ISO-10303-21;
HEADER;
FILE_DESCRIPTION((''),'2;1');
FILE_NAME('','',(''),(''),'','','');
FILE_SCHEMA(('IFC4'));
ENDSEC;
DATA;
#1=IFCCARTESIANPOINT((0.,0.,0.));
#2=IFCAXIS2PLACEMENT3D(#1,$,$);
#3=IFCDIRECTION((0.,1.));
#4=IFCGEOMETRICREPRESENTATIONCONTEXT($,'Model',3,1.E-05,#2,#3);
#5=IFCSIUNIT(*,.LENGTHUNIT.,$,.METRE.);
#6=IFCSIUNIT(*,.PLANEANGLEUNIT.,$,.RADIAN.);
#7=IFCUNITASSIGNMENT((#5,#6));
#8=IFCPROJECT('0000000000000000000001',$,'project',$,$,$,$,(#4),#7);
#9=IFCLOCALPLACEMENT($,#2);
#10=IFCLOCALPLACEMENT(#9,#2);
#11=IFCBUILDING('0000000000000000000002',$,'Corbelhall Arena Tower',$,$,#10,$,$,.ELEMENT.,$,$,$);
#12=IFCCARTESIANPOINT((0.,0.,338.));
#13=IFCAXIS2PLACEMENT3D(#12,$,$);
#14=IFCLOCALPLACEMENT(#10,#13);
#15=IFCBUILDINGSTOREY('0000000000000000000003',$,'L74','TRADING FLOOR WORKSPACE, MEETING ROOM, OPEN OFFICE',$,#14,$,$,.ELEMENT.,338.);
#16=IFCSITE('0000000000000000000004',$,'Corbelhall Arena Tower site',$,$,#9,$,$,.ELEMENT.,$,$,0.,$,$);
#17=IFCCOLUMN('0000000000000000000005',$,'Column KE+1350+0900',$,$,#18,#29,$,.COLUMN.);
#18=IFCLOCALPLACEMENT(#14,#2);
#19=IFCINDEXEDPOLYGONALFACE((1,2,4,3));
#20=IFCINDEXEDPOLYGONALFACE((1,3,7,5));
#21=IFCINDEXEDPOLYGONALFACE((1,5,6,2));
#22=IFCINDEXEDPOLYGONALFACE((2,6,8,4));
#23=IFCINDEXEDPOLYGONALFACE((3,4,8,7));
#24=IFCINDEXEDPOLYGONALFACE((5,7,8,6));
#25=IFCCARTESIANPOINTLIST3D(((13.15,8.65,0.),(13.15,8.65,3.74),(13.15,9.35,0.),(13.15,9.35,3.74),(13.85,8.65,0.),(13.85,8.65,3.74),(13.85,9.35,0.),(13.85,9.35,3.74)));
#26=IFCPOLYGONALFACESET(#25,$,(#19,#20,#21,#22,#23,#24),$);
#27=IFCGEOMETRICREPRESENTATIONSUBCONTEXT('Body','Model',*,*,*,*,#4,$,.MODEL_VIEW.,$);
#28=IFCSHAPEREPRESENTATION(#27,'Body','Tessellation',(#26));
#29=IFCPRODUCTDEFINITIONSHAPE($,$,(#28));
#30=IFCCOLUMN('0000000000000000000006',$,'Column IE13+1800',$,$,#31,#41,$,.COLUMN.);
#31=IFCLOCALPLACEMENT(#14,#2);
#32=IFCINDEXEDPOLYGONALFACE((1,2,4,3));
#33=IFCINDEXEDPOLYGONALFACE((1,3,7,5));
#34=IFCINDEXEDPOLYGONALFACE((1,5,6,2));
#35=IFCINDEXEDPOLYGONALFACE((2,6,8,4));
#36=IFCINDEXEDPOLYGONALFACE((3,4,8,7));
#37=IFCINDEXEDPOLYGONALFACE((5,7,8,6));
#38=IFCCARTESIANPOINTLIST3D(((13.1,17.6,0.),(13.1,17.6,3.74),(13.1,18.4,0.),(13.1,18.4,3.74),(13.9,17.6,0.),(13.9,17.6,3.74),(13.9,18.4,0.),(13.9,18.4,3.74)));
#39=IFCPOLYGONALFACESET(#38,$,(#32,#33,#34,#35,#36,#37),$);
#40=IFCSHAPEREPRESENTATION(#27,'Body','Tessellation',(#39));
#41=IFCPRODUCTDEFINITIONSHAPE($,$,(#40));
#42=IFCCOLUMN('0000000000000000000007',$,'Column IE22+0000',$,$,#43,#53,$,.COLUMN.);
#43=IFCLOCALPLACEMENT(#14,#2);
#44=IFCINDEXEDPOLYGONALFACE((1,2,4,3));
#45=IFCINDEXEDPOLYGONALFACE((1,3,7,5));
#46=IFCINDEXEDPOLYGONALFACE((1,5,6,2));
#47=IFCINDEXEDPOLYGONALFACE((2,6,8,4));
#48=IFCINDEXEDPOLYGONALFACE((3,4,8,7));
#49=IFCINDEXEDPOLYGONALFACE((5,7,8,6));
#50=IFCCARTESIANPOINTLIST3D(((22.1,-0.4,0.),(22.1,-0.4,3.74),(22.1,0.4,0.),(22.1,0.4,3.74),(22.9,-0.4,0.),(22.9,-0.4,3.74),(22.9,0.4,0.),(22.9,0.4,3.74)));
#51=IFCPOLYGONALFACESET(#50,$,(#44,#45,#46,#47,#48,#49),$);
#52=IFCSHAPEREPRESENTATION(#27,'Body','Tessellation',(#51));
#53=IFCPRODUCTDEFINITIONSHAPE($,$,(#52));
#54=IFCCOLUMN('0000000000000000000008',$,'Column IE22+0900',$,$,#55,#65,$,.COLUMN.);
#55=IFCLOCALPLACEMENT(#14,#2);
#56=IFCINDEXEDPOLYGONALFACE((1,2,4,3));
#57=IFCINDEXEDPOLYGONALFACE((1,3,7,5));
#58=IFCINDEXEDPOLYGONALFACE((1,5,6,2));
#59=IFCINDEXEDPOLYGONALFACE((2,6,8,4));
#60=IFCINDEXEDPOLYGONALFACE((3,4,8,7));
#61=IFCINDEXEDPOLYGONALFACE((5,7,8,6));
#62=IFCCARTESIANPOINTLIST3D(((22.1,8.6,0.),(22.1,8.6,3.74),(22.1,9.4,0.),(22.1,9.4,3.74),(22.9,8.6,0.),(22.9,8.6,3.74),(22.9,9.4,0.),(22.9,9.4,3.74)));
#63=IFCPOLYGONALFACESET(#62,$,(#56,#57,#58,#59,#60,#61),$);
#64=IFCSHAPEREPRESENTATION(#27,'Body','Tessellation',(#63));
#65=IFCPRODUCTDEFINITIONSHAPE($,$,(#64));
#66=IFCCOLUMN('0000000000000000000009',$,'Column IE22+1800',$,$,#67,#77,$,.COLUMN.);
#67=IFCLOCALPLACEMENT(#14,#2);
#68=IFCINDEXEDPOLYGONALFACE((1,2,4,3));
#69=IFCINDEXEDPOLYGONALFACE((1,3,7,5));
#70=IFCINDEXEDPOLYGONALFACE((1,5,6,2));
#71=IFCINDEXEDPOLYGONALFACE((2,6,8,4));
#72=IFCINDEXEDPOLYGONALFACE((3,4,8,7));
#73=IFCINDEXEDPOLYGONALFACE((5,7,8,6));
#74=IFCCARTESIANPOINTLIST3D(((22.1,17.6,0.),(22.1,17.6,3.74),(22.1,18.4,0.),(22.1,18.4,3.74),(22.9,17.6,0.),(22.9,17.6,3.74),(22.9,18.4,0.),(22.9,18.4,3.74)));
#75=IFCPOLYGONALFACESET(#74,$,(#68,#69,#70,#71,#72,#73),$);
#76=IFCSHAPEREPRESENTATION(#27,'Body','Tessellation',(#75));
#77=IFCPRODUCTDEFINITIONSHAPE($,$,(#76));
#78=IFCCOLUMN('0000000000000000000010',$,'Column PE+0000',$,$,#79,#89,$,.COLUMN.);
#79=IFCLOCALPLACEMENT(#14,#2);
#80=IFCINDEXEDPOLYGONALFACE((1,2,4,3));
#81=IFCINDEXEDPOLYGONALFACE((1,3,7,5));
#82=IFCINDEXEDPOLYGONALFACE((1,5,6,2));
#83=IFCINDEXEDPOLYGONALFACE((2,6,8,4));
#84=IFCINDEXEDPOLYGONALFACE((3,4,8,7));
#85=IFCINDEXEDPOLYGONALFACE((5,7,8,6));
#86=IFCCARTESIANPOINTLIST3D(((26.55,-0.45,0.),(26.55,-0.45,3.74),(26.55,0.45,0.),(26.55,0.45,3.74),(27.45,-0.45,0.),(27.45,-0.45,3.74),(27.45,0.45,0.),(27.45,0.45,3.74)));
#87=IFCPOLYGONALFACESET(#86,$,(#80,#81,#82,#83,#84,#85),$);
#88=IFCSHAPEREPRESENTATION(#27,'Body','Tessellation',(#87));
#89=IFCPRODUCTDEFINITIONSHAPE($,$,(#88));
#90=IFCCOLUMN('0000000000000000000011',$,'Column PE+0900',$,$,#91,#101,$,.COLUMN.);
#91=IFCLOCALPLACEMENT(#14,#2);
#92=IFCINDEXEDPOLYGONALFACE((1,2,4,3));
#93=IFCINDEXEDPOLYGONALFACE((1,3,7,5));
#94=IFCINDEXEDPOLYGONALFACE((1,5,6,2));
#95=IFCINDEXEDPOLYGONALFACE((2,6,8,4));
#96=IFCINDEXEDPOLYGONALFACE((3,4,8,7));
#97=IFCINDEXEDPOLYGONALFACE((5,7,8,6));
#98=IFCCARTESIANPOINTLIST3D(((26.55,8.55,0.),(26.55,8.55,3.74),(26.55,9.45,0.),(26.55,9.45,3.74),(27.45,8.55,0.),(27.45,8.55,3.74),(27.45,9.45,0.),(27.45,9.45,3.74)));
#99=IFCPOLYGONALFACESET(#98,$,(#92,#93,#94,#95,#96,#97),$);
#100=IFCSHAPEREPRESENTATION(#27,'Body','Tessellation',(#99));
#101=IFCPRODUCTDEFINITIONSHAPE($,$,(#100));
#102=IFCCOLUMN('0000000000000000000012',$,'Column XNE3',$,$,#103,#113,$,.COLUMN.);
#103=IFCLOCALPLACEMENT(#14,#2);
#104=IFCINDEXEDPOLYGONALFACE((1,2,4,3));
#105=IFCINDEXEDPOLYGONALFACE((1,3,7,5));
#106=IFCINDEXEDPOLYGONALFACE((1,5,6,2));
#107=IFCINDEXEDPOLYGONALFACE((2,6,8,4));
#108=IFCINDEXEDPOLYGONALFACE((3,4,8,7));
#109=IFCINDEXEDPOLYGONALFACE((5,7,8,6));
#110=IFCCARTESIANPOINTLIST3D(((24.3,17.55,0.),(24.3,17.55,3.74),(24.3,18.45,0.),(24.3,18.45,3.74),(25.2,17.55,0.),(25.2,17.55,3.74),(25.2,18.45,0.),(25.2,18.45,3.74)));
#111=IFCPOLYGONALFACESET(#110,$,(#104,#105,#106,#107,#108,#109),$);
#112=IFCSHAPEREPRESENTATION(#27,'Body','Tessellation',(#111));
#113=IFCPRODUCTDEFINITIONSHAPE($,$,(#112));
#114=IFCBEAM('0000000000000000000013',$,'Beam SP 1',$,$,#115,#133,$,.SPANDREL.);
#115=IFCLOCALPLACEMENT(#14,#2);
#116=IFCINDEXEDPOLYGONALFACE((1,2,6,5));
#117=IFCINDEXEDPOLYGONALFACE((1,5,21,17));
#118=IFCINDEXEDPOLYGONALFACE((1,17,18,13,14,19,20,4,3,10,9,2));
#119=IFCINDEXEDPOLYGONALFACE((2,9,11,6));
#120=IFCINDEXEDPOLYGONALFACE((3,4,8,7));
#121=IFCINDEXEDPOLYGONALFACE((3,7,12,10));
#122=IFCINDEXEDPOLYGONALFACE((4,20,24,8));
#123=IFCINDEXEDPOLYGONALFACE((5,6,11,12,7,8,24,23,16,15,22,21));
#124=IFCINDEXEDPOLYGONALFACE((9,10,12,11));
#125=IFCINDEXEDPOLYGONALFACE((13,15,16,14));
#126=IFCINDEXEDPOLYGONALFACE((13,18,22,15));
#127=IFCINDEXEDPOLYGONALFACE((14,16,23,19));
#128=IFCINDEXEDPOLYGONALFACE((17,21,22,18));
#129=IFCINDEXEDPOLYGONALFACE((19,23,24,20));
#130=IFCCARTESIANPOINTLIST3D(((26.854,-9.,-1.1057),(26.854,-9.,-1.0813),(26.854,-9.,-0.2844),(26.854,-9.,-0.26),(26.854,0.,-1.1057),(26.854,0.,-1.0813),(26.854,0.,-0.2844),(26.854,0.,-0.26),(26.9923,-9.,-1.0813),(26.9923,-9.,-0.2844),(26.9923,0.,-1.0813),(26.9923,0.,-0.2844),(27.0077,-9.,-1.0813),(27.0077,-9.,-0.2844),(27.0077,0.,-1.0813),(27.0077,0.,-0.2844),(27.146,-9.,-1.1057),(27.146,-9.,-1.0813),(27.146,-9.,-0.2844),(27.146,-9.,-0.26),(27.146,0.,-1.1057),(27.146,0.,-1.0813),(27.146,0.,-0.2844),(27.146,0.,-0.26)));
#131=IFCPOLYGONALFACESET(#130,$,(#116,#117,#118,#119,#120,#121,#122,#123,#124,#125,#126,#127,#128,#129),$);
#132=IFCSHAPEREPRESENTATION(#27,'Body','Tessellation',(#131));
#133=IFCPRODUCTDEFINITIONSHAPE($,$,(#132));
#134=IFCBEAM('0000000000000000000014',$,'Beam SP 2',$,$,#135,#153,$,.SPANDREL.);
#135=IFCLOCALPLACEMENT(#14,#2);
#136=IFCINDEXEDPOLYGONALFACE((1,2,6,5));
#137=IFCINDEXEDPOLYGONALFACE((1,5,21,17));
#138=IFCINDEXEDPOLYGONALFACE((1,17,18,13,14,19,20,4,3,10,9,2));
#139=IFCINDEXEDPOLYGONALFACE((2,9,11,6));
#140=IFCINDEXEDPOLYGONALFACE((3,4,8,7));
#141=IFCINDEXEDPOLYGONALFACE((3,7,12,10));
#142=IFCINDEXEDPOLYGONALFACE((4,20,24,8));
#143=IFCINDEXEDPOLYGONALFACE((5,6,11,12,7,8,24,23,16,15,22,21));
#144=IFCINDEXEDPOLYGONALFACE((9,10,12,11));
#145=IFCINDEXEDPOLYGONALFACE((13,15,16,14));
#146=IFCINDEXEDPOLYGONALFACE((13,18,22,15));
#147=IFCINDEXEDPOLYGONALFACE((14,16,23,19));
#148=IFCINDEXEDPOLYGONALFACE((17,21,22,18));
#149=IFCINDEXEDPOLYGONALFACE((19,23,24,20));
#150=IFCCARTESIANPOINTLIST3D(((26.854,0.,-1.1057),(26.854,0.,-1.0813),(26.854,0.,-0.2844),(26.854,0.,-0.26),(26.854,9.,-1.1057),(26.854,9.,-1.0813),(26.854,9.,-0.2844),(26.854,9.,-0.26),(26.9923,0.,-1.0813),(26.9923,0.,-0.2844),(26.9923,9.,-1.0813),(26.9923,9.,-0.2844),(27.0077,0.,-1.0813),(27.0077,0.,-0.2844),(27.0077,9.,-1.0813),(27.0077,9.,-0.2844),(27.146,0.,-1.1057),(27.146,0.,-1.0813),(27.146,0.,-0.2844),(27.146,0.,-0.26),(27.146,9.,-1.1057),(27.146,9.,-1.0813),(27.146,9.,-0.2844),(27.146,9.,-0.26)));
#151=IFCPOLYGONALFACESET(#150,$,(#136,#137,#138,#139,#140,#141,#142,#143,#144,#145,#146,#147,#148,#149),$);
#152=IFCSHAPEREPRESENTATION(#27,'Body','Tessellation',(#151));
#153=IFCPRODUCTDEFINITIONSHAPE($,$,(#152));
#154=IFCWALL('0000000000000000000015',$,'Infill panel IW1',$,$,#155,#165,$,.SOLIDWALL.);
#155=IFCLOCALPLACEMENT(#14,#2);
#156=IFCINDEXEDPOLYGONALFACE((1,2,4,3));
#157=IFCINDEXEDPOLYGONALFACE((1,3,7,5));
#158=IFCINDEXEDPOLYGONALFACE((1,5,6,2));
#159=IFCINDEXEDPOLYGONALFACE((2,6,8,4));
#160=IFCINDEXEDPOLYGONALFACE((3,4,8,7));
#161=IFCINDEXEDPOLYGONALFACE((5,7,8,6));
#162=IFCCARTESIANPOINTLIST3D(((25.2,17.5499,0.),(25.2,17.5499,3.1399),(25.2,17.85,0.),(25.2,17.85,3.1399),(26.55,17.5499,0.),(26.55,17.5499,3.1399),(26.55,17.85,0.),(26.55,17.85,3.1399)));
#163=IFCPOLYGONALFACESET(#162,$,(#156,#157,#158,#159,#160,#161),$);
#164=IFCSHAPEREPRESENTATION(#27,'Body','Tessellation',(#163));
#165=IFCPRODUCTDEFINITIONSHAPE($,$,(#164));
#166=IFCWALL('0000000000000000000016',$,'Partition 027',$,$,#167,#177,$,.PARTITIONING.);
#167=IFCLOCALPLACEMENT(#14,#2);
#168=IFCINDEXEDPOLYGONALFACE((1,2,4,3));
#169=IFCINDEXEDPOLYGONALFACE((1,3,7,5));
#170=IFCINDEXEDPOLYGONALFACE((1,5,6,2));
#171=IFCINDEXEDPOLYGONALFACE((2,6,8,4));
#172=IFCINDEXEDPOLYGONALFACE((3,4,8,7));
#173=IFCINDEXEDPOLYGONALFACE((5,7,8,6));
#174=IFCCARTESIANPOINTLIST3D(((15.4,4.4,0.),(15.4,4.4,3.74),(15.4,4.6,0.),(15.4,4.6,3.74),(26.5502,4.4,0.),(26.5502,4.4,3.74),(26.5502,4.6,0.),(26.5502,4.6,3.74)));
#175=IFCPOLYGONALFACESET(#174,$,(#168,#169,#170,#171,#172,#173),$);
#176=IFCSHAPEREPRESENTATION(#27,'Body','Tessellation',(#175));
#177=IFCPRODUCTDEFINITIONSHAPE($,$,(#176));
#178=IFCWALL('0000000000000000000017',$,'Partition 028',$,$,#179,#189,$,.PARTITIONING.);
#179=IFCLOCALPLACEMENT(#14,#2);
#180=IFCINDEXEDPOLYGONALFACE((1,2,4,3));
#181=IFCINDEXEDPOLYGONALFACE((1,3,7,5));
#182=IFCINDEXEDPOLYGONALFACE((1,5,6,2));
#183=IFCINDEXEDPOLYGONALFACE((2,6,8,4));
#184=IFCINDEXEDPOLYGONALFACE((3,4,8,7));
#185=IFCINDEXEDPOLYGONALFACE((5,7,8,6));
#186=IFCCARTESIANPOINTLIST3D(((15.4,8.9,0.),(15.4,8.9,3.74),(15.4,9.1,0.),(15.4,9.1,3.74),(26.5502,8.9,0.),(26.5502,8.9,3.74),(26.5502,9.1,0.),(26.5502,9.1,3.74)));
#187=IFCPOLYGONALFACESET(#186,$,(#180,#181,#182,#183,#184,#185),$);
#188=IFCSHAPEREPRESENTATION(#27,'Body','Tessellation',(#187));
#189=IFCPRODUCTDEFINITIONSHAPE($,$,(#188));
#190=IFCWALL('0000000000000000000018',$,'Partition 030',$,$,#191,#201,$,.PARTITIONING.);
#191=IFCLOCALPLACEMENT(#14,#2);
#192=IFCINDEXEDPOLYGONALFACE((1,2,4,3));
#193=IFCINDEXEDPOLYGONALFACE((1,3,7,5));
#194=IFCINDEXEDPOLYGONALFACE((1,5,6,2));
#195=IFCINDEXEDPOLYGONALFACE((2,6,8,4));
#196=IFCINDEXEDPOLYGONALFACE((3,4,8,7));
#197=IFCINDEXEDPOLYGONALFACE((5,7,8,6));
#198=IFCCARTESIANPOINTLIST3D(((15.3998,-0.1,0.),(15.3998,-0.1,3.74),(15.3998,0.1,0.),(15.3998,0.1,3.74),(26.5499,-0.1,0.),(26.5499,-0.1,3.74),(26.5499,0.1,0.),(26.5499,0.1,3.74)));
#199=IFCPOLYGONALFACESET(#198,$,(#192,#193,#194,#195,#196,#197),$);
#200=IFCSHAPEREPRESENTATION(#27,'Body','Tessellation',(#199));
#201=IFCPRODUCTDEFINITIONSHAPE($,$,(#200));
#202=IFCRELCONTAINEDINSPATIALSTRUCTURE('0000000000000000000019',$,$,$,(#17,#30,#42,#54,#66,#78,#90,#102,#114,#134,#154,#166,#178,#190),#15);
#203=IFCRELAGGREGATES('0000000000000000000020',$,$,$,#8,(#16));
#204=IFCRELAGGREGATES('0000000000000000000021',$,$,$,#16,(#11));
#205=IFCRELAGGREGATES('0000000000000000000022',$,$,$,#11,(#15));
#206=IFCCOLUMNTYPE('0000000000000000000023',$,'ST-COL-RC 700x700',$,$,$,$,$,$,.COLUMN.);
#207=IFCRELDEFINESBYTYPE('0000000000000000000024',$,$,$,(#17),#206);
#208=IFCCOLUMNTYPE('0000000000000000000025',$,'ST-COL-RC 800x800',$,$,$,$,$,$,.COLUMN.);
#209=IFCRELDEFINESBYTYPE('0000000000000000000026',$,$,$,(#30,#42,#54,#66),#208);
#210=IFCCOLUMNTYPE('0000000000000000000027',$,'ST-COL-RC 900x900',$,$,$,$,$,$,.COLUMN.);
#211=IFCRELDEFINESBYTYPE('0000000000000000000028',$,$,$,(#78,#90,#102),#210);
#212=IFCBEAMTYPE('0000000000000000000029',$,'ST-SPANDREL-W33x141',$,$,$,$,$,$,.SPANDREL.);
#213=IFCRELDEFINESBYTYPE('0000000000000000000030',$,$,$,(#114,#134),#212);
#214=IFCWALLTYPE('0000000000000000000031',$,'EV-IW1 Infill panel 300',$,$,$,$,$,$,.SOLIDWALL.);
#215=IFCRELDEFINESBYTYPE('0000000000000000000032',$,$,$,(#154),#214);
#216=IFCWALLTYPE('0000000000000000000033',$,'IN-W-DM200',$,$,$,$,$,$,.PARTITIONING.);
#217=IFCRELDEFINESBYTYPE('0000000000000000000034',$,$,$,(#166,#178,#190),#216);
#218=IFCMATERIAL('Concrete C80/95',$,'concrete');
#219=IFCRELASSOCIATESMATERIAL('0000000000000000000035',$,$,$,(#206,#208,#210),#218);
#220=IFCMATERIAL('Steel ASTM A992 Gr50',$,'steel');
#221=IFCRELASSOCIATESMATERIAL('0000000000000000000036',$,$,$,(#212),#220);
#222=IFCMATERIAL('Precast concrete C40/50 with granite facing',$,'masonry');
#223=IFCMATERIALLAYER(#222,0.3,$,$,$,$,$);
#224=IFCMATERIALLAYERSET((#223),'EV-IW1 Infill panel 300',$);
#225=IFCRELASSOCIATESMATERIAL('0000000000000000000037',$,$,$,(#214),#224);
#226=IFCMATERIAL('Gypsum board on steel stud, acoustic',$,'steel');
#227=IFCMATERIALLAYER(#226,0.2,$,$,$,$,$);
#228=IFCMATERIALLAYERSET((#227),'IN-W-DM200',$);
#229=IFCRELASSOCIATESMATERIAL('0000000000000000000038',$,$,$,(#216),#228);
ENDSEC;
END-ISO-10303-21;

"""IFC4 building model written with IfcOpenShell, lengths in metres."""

from ifc_helpers import new_model, si_unit, direction, frame, frame_2d, origin, origin_2d, place, context, subcontext, project, spatial, rectangle, i_section, extrude, material, layer, layer_set, material_profile, profile_set, type_object, element, save


model = new_model("IFC4")

# Units and contexts
model_context = context("Model", 3, precision=1e-05, world=origin(), true_north=direction((0.0, 1.0)))
body_context = subcontext(model_context, "Body", "Model", "MODEL_VIEW")
ifc_project = project(units=[si_unit("LENGTHUNIT", "METRE"), si_unit("PLANEANGLEUNIT", "RADIAN")], contexts=[model_context])

# Site, building, storey
site_placement = place(None, origin())
site = spatial("IfcSite", under=ifc_project, at=site_placement, Name="Corbelhall Arena Tower site", CompositionType="ELEMENT", RefElevation=0.0)
building_placement = place(site_placement, origin())
building = spatial("IfcBuilding", under=site, at=building_placement, Name="Corbelhall Arena Tower", CompositionType="ELEMENT")
storey_placement = place(building_placement, frame((0.0, 0.0, 338.0)))
storey = spatial("IfcBuildingStorey", under=building, at=storey_placement, Name="L74", Description="TRADING FLOOR WORKSPACE, MEETING ROOM, OPEN OFFICE", CompositionType="ELEMENT", Elevation=338.0)

# Columns
ifc_material_1 = material(Name="Concrete C80/95", Category="concrete")
ifc_material_profile_1 = material_profile(ifc_material_1, rectangle(XDim=0.7, YDim=0.7, at=origin_2d()))
ifc_profile_set_1 = profile_set([ifc_material_profile_1], Name="Concrete C80/95")
column_type_1 = type_object("IfcColumnType", Name="ST-COL-RC 700x700", PredefinedType="COLUMN", material=ifc_profile_set_1)
column_placement = place(storey_placement, frame((13.5, 9.0, 0.0), z_axis=(0.0, 0.0, 1.0), x_axis=(1.0, 0.0, 0.0)))
element("IfcColumn", 1, at=column_placement, inside=storey, type_object=column_type_1, Name="Column KE+1350+0900", PredefinedType="COLUMN", context=body_context, shape_type="SweptSolid", body=[
    extrude(rectangle(XDim=0.7, YDim=0.7, at=origin_2d()), origin(), (0.0, 0.0, 1.0), 3.74),
])
ifc_material_profile_2 = material_profile(ifc_material_1, rectangle(XDim=0.8, YDim=0.8, at=origin_2d()))
ifc_profile_set_2 = profile_set([ifc_material_profile_2], Name="Concrete C80/95")
column_type_2 = type_object("IfcColumnType", Name="ST-COL-RC 800x800", PredefinedType="COLUMN", material=ifc_profile_set_2)
for number, where, z_axis, x_axis, name in (
    (2, (13.5, 18.0, 0.0), (0.0, 0.0, 1.0), (1.0, 0.0, 0.0), "Column IE13+1800"),
    (3, (22.5, 0.0, 0.0), (0.0, 0.0, 1.0), (1.0, 0.0, 0.0), "Column IE22+0000"),
    (4, (22.5, 9.0, 0.0), (0.0, 0.0, 1.0), (1.0, 0.0, 0.0), "Column IE22+0900"),
    (5, (22.5, 18.0, 0.0), (0.0, 0.0, 1.0), (1.0, 0.0, 0.0), "Column IE22+1800"),
):
    element("IfcColumn", number, at=place(storey_placement, frame(where, z_axis=z_axis, x_axis=x_axis)), inside=storey, type_object=column_type_2, Name=name, PredefinedType="COLUMN", context=body_context, shape_type="SweptSolid", body=[
        extrude(rectangle(XDim=0.8, YDim=0.8, at=origin_2d()), origin(), (0.0, 0.0, 1.0), 3.74),
    ])
ifc_material_profile_3 = material_profile(ifc_material_1, rectangle(XDim=0.8999, YDim=0.8999, at=origin_2d()))
ifc_profile_set_3 = profile_set([ifc_material_profile_3], Name="Concrete C80/95")
column_type_3 = type_object("IfcColumnType", Name="ST-COL-RC 900x900", PredefinedType="COLUMN", material=ifc_profile_set_3)
for number, where, z_axis, x_axis, name in (
    (6, (27.0, 0.0, 0.0), (0.0, 0.0, 1.0), (0.0, 1.0, 0.0), "Column PE+0000"),
    (7, (27.0, 9.0, 0.0), (0.0, 0.0, 1.0), (0.0, 1.0, 0.0), "Column PE+0900"),
    (8, (24.75, 18.0, 0.0), (0.0, 0.0, 1.0), (1.0, 0.0, 0.0), "Column XNE3"),
):
    element("IfcColumn", number, at=place(storey_placement, frame(where, z_axis=z_axis, x_axis=x_axis)), inside=storey, type_object=column_type_3, Name=name, PredefinedType="COLUMN", context=body_context, shape_type="SweptSolid", body=[
        extrude(rectangle(XDim=0.8999, YDim=0.8999, at=origin_2d()), origin(), (0.0, 0.0, 1.0), 3.74),
    ])

# Beams
ifc_material_2 = material(Name="Steel ASTM A992 Gr50", Category="steel")
ifc_material_profile_4 = material_profile(ifc_material_2, i_section(OverallWidth=0.292, OverallDepth=0.8457, WebThickness=0.0154, FlangeThickness=0.0244, at=origin_2d()))
ifc_profile_set_4 = profile_set([ifc_material_profile_4], Name="Steel ASTM A992 Gr50")
beam_type = type_object("IfcBeamType", Name="ST-SPANDREL-W33x141", PredefinedType="SPANDREL", material=ifc_profile_set_4)
for number, where, z_axis, x_axis, name in (
    (9, (27.0, 0.0, -0.6829), (0.0, -1.0, 0.0), (1.0, 0.0, 0.0), "Beam SP 1"),
    (10, (27.0, 9.0, -0.6829), (0.0, -1.0, 0.0), (1.0, 0.0, 0.0), "Beam SP 2"),
):
    element("IfcBeam", number, at=place(storey_placement, frame(where, z_axis=z_axis, x_axis=x_axis)), inside=storey, type_object=beam_type, Name=name, PredefinedType="SPANDREL", context=body_context, shape_type="SweptSolid", body=[
        extrude(i_section(OverallWidth=0.292, OverallDepth=0.8457, WebThickness=0.0154, FlangeThickness=0.0244, at=origin_2d()), origin(), (0.0, 0.0, 1.0), 9.0),
    ])

# Shared definitions
ifc_material_3 = material(Name="Precast concrete C40/50 with granite facing", Category="masonry")
ifc_layer_1 = layer(ifc_material_3, 0.3)
ifc_layer_set_1 = layer_set([ifc_layer_1], Name="EV-IW1 Infill panel 300")
wall_type_1 = type_object("IfcWallType", Name="EV-IW1 Infill panel 300", PredefinedType="SOLIDWALL", material=ifc_layer_set_1)

# Wall
wall_1_placement = place(storey_placement, frame((26.55, 17.7, 0.0), z_axis=(0.0, 0.0, 1.0), x_axis=(-1.0, 0.0, 0.0)))
element("IfcWall", 11, at=wall_1_placement, inside=storey, type_object=wall_type_1, Name="Infill panel IW1", PredefinedType="SOLIDWALL", context=body_context, shape_type="SweptSolid", body=[
    extrude(rectangle(XDim=1.3501, YDim=0.3, at=frame_2d((0.675, 0.0))), origin(), (0.0, 0.0, 1.0), 3.1399),
])

# Shared definitions
ifc_material_4 = material(Name="Gypsum board on steel stud, acoustic", Category="steel")
ifc_layer_2 = layer(ifc_material_4, 0.2)
ifc_layer_set_2 = layer_set([ifc_layer_2], Name="IN-W-DM200")
wall_type_2 = type_object("IfcWallType", Name="IN-W-DM200", PredefinedType="PARTITIONING", material=ifc_layer_set_2)

# Walls
for number, where, z_axis, x_axis, name in (
    (12, (15.3999, 4.5, 0.0), (0.0, 0.0, 1.0), (1.0, 0.0, 0.0), "Partition 027"),
    (13, (15.3999, 9.0, 0.0), (0.0, 0.0, 1.0), (1.0, 0.0, 0.0), "Partition 028"),
    (14, (26.55, 0.0, 0.0), (0.0, 0.0, 1.0), (-1.0, 0.0, 0.0), "Partition 030"),
):
    element("IfcWall", number, at=place(storey_placement, frame(where, z_axis=z_axis, x_axis=x_axis)), inside=storey, type_object=wall_type_2, Name=name, PredefinedType="PARTITIONING", context=body_context, shape_type="SweptSolid", body=[
        extrude(rectangle(XDim=11.1501, YDim=0.2, at=frame_2d((5.5752, 0.0))), origin(), (0.0, 0.0, 1.0), 3.74),
    ])

save(model, "model.ifc")
